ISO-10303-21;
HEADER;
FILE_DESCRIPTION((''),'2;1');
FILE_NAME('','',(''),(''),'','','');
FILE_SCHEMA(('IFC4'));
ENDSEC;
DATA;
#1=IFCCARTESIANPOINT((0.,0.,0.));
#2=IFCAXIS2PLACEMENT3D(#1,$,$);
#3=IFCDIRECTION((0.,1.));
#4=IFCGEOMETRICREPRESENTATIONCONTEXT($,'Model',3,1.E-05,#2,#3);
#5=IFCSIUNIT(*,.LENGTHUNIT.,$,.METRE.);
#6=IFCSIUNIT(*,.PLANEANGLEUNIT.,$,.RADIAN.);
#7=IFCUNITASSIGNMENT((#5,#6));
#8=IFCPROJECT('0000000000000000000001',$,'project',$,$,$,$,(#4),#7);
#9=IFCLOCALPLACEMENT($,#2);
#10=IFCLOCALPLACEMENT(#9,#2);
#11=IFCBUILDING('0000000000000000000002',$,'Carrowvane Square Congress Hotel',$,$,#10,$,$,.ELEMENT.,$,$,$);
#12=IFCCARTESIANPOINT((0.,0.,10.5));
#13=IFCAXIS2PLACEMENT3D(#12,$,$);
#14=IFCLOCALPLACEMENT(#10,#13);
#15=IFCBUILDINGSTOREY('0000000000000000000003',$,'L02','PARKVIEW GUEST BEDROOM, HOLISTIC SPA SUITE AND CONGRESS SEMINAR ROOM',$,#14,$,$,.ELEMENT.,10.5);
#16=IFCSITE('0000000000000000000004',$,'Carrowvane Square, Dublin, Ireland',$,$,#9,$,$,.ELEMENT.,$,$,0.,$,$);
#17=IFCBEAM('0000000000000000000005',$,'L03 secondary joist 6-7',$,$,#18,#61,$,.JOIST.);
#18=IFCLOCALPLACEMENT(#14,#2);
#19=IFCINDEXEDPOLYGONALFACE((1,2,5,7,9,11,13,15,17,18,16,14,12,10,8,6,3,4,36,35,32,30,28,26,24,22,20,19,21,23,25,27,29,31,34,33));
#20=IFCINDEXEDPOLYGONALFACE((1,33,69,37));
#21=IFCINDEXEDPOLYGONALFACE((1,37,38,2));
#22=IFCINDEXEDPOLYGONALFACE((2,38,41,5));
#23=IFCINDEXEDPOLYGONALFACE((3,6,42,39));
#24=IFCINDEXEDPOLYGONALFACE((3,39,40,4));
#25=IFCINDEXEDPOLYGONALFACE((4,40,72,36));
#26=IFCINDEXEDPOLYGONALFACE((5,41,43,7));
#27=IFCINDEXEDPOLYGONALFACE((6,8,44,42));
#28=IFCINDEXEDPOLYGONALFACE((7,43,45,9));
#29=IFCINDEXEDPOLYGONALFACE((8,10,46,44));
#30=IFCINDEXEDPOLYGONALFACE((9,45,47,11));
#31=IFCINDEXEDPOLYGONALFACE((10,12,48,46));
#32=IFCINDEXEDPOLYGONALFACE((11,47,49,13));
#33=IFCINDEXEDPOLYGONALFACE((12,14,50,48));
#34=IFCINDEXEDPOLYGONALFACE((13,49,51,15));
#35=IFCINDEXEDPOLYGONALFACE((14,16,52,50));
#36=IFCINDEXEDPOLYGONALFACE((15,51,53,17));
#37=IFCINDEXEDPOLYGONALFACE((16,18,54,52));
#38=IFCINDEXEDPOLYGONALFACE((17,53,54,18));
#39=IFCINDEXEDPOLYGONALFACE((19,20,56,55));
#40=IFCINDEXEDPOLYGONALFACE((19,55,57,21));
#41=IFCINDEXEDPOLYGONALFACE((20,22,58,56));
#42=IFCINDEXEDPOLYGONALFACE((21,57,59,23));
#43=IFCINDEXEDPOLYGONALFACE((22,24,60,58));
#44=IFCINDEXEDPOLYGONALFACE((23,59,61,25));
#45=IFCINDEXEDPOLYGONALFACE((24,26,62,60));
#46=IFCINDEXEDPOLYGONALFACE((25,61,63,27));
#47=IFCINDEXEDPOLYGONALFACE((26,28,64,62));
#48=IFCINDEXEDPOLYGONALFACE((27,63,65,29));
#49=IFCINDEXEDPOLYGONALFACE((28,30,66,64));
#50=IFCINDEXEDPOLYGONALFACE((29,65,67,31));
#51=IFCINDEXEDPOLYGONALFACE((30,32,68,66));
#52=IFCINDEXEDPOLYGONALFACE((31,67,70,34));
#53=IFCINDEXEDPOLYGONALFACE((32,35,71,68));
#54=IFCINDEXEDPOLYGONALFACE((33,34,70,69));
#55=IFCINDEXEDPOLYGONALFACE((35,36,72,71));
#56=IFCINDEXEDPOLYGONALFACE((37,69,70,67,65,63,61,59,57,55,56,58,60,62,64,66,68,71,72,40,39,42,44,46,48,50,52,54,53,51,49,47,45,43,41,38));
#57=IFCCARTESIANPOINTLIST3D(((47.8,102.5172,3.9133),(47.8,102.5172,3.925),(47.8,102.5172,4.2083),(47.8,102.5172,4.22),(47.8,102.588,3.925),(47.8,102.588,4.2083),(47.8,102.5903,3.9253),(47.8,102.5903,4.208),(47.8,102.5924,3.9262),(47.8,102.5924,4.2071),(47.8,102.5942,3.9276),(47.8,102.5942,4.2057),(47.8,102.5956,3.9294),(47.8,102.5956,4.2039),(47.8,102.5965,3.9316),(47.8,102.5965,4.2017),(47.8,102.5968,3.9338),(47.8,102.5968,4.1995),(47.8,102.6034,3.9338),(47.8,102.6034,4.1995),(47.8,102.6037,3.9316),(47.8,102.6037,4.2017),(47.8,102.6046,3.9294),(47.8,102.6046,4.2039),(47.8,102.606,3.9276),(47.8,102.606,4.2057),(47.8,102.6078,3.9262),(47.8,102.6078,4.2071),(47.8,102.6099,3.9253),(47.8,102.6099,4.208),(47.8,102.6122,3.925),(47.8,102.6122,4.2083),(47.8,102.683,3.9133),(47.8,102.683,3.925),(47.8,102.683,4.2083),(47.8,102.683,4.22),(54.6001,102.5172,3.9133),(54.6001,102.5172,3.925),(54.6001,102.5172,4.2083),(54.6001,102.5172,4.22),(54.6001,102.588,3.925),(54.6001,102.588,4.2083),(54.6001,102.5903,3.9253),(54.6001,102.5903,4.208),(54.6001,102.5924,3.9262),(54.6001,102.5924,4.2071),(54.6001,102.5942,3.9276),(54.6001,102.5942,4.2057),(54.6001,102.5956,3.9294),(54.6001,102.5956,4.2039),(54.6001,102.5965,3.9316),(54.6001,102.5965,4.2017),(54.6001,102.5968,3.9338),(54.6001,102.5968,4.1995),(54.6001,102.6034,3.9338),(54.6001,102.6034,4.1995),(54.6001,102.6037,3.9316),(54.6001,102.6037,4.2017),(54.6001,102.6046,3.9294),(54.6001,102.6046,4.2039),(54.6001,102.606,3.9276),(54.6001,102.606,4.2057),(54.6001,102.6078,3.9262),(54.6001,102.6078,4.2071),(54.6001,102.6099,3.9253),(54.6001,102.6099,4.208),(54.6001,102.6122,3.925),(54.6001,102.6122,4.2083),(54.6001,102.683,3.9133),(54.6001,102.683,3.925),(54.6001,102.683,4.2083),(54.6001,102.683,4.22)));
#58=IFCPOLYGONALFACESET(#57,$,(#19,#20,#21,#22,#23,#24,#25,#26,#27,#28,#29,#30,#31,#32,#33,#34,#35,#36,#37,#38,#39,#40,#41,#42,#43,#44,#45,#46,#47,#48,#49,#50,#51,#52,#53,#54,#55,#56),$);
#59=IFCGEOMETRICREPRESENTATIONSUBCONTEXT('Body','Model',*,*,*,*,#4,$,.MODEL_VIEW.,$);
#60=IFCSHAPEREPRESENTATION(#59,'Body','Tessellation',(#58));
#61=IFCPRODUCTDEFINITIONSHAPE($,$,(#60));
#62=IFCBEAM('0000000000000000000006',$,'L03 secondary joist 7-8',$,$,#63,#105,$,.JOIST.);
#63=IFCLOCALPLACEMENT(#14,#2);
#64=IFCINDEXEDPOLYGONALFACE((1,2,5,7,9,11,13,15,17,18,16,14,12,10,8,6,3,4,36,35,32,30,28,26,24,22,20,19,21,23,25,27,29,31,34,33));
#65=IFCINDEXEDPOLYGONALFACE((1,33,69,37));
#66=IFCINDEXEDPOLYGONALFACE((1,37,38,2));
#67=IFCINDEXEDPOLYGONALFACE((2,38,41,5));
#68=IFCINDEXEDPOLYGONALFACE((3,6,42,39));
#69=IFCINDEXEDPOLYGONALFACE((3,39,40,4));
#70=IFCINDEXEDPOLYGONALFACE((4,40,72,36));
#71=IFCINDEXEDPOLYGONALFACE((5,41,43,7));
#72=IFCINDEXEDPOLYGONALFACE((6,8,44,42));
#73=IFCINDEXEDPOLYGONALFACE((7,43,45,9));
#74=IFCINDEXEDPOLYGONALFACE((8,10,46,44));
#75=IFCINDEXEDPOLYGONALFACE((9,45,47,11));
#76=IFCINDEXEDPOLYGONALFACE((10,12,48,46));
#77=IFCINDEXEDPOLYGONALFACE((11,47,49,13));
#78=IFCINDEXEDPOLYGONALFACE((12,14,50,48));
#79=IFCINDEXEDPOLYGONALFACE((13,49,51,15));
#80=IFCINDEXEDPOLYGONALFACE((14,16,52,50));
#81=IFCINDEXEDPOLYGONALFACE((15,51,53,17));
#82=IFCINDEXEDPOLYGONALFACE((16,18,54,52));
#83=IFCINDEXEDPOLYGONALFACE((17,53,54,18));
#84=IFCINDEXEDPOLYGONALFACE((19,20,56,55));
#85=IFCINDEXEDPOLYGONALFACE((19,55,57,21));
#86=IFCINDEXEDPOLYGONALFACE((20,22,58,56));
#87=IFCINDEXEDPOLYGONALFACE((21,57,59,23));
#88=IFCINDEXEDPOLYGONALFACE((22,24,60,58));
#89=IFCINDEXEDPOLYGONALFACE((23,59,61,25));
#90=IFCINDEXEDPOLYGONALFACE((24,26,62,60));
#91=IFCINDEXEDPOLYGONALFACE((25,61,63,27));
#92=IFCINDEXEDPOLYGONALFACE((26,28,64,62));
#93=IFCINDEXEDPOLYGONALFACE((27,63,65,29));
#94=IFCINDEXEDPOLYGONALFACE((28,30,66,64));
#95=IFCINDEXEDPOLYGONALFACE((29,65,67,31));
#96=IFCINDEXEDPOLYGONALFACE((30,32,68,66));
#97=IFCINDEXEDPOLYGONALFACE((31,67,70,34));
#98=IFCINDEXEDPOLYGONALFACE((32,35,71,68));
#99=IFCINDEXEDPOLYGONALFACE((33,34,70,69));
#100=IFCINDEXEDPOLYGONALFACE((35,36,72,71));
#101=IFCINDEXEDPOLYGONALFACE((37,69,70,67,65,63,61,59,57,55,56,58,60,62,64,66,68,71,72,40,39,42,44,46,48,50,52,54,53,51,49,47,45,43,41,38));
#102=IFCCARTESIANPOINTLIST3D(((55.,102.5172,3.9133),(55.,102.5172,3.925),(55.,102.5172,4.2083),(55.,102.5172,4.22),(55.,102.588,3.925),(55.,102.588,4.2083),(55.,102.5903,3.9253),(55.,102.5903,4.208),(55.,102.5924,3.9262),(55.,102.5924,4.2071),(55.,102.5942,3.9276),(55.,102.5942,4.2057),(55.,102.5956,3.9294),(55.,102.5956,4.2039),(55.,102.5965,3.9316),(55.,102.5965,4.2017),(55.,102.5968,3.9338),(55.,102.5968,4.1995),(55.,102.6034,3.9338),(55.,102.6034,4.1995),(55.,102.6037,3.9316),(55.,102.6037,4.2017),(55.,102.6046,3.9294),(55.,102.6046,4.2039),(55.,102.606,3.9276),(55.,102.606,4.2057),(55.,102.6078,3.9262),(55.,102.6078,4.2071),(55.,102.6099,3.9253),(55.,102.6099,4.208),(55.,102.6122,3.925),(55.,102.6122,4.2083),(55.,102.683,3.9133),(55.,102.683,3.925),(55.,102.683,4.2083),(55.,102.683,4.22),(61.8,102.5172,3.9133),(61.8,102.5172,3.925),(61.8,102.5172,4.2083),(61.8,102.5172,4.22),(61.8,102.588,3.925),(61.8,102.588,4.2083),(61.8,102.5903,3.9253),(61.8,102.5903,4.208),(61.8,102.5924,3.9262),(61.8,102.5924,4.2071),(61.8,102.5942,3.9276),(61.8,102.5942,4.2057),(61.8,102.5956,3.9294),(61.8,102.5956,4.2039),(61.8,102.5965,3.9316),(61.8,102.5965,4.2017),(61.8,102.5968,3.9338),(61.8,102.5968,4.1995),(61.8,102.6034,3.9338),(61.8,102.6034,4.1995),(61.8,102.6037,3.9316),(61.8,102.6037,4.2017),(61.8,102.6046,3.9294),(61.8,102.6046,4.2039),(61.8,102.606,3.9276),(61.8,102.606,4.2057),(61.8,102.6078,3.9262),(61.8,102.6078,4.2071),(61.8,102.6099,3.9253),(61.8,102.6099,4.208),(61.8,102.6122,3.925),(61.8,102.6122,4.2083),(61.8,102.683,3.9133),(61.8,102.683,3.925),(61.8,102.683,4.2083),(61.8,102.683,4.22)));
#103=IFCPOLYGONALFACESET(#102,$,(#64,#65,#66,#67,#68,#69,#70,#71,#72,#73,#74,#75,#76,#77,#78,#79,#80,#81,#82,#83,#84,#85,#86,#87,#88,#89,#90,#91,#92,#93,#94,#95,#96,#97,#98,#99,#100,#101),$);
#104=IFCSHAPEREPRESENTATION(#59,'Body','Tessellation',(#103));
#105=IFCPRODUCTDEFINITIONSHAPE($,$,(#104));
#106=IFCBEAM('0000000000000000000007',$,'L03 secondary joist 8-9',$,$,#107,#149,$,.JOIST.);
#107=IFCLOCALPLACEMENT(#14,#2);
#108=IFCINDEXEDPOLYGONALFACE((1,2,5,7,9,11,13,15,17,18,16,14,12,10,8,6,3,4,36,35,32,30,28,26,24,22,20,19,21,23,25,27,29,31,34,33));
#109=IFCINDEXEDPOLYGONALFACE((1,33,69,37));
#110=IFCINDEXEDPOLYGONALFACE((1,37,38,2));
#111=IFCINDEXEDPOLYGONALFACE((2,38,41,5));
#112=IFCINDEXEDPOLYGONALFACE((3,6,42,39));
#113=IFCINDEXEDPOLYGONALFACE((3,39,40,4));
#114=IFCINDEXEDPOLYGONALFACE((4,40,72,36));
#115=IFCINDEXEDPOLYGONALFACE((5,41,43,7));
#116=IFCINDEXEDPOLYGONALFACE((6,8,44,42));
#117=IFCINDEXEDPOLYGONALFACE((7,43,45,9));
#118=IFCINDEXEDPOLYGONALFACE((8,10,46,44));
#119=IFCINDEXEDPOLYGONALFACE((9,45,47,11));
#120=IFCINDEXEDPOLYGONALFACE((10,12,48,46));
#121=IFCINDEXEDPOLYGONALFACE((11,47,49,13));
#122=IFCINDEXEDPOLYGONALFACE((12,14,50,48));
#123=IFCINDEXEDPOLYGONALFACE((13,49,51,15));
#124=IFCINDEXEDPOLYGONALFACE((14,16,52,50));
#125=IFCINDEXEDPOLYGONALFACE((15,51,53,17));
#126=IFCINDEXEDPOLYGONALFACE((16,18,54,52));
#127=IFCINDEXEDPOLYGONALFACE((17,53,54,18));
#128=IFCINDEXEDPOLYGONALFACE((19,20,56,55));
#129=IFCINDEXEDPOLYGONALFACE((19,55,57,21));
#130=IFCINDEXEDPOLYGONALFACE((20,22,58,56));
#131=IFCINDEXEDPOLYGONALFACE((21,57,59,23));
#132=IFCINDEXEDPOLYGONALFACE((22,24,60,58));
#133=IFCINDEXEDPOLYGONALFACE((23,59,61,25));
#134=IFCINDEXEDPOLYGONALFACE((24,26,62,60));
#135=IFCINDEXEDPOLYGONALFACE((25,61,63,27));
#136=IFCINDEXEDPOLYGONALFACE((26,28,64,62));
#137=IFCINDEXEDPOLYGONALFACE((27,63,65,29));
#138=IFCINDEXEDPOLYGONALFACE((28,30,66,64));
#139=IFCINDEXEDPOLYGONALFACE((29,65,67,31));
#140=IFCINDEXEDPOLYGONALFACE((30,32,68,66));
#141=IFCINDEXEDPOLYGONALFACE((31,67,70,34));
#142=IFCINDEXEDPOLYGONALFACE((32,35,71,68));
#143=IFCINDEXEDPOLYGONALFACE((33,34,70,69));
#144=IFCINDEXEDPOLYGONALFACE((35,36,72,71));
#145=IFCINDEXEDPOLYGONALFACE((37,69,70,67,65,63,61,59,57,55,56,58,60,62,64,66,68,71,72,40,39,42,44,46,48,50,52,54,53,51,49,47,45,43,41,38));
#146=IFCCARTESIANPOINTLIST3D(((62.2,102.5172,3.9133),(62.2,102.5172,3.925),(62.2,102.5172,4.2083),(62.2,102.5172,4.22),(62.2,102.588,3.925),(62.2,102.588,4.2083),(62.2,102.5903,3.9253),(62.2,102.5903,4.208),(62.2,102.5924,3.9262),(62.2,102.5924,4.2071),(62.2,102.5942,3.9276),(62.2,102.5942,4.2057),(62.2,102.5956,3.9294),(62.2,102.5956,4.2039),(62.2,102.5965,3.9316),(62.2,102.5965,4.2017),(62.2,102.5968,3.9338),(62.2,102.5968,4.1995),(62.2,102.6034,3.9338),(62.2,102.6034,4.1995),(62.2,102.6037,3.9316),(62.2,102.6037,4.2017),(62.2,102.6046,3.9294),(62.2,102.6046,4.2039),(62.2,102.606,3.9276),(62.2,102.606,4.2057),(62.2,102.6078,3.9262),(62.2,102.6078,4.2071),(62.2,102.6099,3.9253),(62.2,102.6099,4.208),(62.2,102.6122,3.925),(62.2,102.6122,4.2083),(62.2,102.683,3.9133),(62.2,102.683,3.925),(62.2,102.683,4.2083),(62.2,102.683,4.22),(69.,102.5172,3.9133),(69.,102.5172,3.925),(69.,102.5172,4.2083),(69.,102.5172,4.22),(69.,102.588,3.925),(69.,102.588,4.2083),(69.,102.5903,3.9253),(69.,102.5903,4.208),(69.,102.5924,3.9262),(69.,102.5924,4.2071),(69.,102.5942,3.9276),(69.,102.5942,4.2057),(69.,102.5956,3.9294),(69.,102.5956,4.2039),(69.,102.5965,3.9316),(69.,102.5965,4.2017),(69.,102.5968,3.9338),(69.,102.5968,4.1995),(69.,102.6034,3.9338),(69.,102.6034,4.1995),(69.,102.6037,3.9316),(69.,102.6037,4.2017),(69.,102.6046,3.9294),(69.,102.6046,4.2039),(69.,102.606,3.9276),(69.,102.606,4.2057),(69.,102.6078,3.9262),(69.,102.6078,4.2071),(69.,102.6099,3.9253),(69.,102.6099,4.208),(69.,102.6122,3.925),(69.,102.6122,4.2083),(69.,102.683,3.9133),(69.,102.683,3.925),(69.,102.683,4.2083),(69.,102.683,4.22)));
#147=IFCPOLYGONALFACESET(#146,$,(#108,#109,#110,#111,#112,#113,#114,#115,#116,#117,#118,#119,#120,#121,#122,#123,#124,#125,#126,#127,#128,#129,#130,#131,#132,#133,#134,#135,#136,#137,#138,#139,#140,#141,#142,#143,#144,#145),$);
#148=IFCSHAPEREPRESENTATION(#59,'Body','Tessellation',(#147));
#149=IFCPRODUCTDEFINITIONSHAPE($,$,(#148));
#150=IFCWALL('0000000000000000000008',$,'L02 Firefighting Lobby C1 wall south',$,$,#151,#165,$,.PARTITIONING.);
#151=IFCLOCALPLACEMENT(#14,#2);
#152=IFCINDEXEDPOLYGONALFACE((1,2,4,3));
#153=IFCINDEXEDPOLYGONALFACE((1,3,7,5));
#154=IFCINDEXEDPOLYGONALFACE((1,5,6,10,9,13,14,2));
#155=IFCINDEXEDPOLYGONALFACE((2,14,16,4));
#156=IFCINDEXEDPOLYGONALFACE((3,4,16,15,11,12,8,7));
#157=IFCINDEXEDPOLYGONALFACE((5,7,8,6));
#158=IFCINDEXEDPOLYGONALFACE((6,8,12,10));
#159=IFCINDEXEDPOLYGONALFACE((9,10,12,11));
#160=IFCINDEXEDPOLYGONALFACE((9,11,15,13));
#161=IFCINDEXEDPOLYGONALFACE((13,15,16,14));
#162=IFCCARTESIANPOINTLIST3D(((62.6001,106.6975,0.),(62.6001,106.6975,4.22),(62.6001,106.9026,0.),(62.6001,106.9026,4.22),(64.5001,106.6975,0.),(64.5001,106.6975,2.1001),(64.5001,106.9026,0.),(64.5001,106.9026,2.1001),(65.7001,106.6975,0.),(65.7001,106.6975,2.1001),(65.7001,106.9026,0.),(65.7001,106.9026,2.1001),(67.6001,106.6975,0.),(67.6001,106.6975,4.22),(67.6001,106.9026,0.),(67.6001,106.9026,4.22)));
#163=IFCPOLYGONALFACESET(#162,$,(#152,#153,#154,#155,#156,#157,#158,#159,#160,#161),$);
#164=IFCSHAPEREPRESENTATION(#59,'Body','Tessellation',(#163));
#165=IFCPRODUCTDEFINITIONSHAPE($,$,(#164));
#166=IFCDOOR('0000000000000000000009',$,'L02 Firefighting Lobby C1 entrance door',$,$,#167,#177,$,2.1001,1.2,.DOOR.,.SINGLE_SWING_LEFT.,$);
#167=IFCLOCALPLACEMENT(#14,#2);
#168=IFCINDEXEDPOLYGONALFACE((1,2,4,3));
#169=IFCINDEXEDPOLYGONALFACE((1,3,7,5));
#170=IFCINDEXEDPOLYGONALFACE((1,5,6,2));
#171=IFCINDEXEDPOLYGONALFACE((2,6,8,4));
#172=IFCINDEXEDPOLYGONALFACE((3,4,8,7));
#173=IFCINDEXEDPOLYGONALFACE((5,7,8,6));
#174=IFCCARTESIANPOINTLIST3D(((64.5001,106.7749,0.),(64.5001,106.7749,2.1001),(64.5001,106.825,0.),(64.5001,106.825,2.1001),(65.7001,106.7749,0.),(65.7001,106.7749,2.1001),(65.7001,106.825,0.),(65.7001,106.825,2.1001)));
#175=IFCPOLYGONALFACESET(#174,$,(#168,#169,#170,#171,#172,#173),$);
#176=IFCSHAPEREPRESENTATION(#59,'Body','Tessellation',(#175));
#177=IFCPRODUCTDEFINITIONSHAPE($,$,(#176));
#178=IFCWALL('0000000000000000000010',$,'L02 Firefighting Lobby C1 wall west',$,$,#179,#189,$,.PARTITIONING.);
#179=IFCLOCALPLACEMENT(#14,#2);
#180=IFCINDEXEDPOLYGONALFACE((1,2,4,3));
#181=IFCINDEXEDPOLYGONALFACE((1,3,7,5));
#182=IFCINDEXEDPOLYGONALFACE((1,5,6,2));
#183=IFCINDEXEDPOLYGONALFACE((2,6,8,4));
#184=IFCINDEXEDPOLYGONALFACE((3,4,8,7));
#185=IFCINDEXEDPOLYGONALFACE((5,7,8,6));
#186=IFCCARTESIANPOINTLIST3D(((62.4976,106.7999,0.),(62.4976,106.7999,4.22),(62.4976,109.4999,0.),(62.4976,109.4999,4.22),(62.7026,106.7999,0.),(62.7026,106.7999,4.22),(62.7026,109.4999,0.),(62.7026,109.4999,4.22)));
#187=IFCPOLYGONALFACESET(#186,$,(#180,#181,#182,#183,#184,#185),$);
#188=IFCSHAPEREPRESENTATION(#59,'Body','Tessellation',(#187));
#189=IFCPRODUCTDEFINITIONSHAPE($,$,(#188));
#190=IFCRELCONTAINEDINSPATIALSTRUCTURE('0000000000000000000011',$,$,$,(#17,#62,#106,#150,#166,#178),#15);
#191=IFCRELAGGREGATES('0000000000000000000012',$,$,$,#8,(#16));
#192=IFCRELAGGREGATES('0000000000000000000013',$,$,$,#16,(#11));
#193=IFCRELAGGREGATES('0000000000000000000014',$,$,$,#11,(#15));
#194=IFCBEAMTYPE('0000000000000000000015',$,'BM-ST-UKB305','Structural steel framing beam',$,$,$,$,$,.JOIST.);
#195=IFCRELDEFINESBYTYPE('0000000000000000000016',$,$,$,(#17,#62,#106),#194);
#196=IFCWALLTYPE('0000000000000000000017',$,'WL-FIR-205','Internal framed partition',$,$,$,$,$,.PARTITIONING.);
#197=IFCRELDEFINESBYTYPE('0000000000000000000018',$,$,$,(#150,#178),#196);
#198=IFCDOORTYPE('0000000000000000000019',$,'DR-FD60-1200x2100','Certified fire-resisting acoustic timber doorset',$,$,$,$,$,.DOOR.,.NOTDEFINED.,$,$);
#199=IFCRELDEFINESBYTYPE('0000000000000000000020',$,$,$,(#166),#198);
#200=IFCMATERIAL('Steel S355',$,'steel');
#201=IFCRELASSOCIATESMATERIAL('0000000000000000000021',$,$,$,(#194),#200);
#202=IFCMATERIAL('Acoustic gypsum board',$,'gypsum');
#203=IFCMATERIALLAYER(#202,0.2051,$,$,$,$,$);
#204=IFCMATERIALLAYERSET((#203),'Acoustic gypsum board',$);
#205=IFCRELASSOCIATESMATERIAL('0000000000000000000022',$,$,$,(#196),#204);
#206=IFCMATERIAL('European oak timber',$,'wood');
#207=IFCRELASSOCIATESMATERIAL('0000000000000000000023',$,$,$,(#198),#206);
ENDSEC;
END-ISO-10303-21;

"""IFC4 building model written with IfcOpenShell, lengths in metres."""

from ifc_helpers import new_model, si_unit, direction, frame, frame_2d, origin, origin_2d, place, context, subcontext, project, spatial, rectangle, i_section, extrude, material, layer, layer_set, material_profile, profile_set, type_object, element, fill, save


model = new_model("IFC4")

# Units and contexts
model_context = context("Model", 3, precision=1e-05, world=origin(), true_north=direction((0.0, 1.0)))
body_context = subcontext(model_context, "Body", "Model", "MODEL_VIEW")
ifc_project = project(units=[si_unit("LENGTHUNIT", "METRE"), si_unit("PLANEANGLEUNIT", "RADIAN")], contexts=[model_context])

# Site, building, storey
site_placement = place(None, origin())
site = spatial("IfcSite", under=ifc_project, at=site_placement, Name="Carrowvane Square, Dublin, Ireland", CompositionType="ELEMENT", RefElevation=0.0)
building_placement = place(site_placement, origin())
building = spatial("IfcBuilding", under=site, at=building_placement, Name="Carrowvane Square Congress Hotel", CompositionType="ELEMENT")
storey_placement = place(building_placement, frame((0.0, 0.0, 10.5)))
storey = spatial("IfcBuildingStorey", under=building, at=storey_placement, Name="L02", Description="PARKVIEW GUEST BEDROOM, HOLISTIC SPA SUITE AND CONGRESS SEMINAR ROOM", CompositionType="ELEMENT", Elevation=10.5)

# Beams
ifc_material_1 = material(Name="Steel S355", Category="steel")
ifc_material_profile_1 = material_profile(ifc_material_1, i_section(OverallWidth=0.1658, OverallDepth=0.3066, WebThickness=0.0066, FlangeThickness=0.0117, FilletRadius=0.0088, at=origin_2d()), Name="UKB 305x165x46")
ifc_profile_set_1 = profile_set([ifc_material_profile_1], Name="Steel S355")
beam_type_1 = type_object("IfcBeamType", Name="BM-ST-UKB305", Description="Structural steel framing beam", PredefinedType="JOIST", material=ifc_profile_set_1)
for number, where, z_axis, x_axis, name in (
    (1, (47.8, 102.6001, 4.0667), (1.0, 0.0, 0.0), (0.0, 1.0, 0.0), "L03 secondary joist 6-7"),
    (2, (55.0, 102.6001, 4.0667), (1.0, 0.0, 0.0), (0.0, 1.0, 0.0), "L03 secondary joist 7-8"),
    (3, (62.2, 102.6001, 4.0667), (1.0, 0.0, 0.0), (0.0, 1.0, 0.0), "L03 secondary joist 8-9"),
):
    element("IfcBeam", number, at=place(storey_placement, frame(where, z_axis=z_axis, x_axis=x_axis)), inside=storey, type_object=beam_type_1, Name=name, PredefinedType="JOIST", context=body_context, shape_type="SweptSolid", body=[
        extrude(i_section(OverallWidth=0.1658, OverallDepth=0.3066, WebThickness=0.0066, FlangeThickness=0.0117, FilletRadius=0.0088, at=origin_2d()), origin(), (0.0, 0.0, 1.0), 6.8),
    ])

# Wall, opening, door
ifc_material_2 = material(Name="Acoustic gypsum board", Category="gypsum")
ifc_layer_1 = layer(ifc_material_2, 0.2051)
ifc_layer_set_1 = layer_set([ifc_layer_1], Name="Acoustic gypsum board")
wall_type_1 = type_object("IfcWallType", Name="WL-FIR-205", Description="Internal framed partition", PredefinedType="PARTITIONING", material=ifc_layer_set_1)
wall_1_placement = place(storey_placement, frame((62.6001, 106.8, 0.0), z_axis=(0.0, 0.0, 1.0), x_axis=(1.0, 0.0, 0.0)))
wall_1 = element("IfcWall", 4, at=wall_1_placement, inside=storey, type_object=wall_type_1, Name="L02 Firefighting Lobby C1 wall south", PredefinedType="PARTITIONING", context=body_context, shape_type="SweptSolid", body=[
    extrude(rectangle(XDim=5.0, YDim=0.2051, at=frame_2d((2.5, 0.0))), origin(), (0.0, 0.0, 1.0), 4.22),
])
opening_1_placement = place(wall_1_placement, frame((1.8999, 0.0, 0.0)))
opening_1 = element("IfcOpeningElement", 5, at=opening_1_placement, cuts=wall_1, PredefinedType="OPENING", context=body_context, shape_type="SweptSolid", body=[
    extrude(rectangle(XDim=1.2, YDim=2.1001, at=frame_2d((0.6001, 1.05))), frame((0.0, 0.1125, 0.0), z_axis=(0.0, -1.0, 0.0), x_axis=(1.0, 0.0, 0.0)), (0.0, 0.0, 1.0), 0.2251),
])
ifc_material_3 = material(Name="European oak timber", Category="wood")
door_type_1 = type_object("IfcDoorType", Name="DR-FD60-1200x2100", Description="Certified fire-resisting acoustic timber doorset", OperationType="NOTDEFINED", PredefinedType="DOOR", material=ifc_material_3)
door_1_placement = place(opening_1_placement, origin())
door_1 = element("IfcDoor", 6, at=door_1_placement, inside=storey, type_object=door_type_1, Name="L02 Firefighting Lobby C1 entrance door", OperationType="SINGLE_SWING_LEFT", OverallHeight=2.1001, OverallWidth=1.2, PredefinedType="DOOR", context=body_context, shape_type="SweptSolid", body=[
    extrude(rectangle(XDim=1.2, YDim=2.1001, at=frame_2d((0.6001, 1.05))), frame((0.0, 0.0249, 0.0), z_axis=(0.0, -1.0, 0.0), x_axis=(1.0, 0.0, 0.0)), (0.0, 0.0, 1.0), 0.05),
])
fill(opening_1, door_1)

# Wall
wall_2_placement = place(storey_placement, frame((62.6001, 109.5, 0.0), z_axis=(0.0, 0.0, 1.0), x_axis=(0.0, -1.0, 0.0)))
element("IfcWall", 7, at=wall_2_placement, inside=storey, type_object=wall_type_1, Name="L02 Firefighting Lobby C1 wall west", PredefinedType="PARTITIONING", context=body_context, shape_type="SweptSolid", body=[
    extrude(rectangle(XDim=2.7, YDim=0.2051, at=frame_2d((1.3501, 0.0))), origin(), (0.0, 0.0, 1.0), 4.22),
])

save(model, "model.ifc")
